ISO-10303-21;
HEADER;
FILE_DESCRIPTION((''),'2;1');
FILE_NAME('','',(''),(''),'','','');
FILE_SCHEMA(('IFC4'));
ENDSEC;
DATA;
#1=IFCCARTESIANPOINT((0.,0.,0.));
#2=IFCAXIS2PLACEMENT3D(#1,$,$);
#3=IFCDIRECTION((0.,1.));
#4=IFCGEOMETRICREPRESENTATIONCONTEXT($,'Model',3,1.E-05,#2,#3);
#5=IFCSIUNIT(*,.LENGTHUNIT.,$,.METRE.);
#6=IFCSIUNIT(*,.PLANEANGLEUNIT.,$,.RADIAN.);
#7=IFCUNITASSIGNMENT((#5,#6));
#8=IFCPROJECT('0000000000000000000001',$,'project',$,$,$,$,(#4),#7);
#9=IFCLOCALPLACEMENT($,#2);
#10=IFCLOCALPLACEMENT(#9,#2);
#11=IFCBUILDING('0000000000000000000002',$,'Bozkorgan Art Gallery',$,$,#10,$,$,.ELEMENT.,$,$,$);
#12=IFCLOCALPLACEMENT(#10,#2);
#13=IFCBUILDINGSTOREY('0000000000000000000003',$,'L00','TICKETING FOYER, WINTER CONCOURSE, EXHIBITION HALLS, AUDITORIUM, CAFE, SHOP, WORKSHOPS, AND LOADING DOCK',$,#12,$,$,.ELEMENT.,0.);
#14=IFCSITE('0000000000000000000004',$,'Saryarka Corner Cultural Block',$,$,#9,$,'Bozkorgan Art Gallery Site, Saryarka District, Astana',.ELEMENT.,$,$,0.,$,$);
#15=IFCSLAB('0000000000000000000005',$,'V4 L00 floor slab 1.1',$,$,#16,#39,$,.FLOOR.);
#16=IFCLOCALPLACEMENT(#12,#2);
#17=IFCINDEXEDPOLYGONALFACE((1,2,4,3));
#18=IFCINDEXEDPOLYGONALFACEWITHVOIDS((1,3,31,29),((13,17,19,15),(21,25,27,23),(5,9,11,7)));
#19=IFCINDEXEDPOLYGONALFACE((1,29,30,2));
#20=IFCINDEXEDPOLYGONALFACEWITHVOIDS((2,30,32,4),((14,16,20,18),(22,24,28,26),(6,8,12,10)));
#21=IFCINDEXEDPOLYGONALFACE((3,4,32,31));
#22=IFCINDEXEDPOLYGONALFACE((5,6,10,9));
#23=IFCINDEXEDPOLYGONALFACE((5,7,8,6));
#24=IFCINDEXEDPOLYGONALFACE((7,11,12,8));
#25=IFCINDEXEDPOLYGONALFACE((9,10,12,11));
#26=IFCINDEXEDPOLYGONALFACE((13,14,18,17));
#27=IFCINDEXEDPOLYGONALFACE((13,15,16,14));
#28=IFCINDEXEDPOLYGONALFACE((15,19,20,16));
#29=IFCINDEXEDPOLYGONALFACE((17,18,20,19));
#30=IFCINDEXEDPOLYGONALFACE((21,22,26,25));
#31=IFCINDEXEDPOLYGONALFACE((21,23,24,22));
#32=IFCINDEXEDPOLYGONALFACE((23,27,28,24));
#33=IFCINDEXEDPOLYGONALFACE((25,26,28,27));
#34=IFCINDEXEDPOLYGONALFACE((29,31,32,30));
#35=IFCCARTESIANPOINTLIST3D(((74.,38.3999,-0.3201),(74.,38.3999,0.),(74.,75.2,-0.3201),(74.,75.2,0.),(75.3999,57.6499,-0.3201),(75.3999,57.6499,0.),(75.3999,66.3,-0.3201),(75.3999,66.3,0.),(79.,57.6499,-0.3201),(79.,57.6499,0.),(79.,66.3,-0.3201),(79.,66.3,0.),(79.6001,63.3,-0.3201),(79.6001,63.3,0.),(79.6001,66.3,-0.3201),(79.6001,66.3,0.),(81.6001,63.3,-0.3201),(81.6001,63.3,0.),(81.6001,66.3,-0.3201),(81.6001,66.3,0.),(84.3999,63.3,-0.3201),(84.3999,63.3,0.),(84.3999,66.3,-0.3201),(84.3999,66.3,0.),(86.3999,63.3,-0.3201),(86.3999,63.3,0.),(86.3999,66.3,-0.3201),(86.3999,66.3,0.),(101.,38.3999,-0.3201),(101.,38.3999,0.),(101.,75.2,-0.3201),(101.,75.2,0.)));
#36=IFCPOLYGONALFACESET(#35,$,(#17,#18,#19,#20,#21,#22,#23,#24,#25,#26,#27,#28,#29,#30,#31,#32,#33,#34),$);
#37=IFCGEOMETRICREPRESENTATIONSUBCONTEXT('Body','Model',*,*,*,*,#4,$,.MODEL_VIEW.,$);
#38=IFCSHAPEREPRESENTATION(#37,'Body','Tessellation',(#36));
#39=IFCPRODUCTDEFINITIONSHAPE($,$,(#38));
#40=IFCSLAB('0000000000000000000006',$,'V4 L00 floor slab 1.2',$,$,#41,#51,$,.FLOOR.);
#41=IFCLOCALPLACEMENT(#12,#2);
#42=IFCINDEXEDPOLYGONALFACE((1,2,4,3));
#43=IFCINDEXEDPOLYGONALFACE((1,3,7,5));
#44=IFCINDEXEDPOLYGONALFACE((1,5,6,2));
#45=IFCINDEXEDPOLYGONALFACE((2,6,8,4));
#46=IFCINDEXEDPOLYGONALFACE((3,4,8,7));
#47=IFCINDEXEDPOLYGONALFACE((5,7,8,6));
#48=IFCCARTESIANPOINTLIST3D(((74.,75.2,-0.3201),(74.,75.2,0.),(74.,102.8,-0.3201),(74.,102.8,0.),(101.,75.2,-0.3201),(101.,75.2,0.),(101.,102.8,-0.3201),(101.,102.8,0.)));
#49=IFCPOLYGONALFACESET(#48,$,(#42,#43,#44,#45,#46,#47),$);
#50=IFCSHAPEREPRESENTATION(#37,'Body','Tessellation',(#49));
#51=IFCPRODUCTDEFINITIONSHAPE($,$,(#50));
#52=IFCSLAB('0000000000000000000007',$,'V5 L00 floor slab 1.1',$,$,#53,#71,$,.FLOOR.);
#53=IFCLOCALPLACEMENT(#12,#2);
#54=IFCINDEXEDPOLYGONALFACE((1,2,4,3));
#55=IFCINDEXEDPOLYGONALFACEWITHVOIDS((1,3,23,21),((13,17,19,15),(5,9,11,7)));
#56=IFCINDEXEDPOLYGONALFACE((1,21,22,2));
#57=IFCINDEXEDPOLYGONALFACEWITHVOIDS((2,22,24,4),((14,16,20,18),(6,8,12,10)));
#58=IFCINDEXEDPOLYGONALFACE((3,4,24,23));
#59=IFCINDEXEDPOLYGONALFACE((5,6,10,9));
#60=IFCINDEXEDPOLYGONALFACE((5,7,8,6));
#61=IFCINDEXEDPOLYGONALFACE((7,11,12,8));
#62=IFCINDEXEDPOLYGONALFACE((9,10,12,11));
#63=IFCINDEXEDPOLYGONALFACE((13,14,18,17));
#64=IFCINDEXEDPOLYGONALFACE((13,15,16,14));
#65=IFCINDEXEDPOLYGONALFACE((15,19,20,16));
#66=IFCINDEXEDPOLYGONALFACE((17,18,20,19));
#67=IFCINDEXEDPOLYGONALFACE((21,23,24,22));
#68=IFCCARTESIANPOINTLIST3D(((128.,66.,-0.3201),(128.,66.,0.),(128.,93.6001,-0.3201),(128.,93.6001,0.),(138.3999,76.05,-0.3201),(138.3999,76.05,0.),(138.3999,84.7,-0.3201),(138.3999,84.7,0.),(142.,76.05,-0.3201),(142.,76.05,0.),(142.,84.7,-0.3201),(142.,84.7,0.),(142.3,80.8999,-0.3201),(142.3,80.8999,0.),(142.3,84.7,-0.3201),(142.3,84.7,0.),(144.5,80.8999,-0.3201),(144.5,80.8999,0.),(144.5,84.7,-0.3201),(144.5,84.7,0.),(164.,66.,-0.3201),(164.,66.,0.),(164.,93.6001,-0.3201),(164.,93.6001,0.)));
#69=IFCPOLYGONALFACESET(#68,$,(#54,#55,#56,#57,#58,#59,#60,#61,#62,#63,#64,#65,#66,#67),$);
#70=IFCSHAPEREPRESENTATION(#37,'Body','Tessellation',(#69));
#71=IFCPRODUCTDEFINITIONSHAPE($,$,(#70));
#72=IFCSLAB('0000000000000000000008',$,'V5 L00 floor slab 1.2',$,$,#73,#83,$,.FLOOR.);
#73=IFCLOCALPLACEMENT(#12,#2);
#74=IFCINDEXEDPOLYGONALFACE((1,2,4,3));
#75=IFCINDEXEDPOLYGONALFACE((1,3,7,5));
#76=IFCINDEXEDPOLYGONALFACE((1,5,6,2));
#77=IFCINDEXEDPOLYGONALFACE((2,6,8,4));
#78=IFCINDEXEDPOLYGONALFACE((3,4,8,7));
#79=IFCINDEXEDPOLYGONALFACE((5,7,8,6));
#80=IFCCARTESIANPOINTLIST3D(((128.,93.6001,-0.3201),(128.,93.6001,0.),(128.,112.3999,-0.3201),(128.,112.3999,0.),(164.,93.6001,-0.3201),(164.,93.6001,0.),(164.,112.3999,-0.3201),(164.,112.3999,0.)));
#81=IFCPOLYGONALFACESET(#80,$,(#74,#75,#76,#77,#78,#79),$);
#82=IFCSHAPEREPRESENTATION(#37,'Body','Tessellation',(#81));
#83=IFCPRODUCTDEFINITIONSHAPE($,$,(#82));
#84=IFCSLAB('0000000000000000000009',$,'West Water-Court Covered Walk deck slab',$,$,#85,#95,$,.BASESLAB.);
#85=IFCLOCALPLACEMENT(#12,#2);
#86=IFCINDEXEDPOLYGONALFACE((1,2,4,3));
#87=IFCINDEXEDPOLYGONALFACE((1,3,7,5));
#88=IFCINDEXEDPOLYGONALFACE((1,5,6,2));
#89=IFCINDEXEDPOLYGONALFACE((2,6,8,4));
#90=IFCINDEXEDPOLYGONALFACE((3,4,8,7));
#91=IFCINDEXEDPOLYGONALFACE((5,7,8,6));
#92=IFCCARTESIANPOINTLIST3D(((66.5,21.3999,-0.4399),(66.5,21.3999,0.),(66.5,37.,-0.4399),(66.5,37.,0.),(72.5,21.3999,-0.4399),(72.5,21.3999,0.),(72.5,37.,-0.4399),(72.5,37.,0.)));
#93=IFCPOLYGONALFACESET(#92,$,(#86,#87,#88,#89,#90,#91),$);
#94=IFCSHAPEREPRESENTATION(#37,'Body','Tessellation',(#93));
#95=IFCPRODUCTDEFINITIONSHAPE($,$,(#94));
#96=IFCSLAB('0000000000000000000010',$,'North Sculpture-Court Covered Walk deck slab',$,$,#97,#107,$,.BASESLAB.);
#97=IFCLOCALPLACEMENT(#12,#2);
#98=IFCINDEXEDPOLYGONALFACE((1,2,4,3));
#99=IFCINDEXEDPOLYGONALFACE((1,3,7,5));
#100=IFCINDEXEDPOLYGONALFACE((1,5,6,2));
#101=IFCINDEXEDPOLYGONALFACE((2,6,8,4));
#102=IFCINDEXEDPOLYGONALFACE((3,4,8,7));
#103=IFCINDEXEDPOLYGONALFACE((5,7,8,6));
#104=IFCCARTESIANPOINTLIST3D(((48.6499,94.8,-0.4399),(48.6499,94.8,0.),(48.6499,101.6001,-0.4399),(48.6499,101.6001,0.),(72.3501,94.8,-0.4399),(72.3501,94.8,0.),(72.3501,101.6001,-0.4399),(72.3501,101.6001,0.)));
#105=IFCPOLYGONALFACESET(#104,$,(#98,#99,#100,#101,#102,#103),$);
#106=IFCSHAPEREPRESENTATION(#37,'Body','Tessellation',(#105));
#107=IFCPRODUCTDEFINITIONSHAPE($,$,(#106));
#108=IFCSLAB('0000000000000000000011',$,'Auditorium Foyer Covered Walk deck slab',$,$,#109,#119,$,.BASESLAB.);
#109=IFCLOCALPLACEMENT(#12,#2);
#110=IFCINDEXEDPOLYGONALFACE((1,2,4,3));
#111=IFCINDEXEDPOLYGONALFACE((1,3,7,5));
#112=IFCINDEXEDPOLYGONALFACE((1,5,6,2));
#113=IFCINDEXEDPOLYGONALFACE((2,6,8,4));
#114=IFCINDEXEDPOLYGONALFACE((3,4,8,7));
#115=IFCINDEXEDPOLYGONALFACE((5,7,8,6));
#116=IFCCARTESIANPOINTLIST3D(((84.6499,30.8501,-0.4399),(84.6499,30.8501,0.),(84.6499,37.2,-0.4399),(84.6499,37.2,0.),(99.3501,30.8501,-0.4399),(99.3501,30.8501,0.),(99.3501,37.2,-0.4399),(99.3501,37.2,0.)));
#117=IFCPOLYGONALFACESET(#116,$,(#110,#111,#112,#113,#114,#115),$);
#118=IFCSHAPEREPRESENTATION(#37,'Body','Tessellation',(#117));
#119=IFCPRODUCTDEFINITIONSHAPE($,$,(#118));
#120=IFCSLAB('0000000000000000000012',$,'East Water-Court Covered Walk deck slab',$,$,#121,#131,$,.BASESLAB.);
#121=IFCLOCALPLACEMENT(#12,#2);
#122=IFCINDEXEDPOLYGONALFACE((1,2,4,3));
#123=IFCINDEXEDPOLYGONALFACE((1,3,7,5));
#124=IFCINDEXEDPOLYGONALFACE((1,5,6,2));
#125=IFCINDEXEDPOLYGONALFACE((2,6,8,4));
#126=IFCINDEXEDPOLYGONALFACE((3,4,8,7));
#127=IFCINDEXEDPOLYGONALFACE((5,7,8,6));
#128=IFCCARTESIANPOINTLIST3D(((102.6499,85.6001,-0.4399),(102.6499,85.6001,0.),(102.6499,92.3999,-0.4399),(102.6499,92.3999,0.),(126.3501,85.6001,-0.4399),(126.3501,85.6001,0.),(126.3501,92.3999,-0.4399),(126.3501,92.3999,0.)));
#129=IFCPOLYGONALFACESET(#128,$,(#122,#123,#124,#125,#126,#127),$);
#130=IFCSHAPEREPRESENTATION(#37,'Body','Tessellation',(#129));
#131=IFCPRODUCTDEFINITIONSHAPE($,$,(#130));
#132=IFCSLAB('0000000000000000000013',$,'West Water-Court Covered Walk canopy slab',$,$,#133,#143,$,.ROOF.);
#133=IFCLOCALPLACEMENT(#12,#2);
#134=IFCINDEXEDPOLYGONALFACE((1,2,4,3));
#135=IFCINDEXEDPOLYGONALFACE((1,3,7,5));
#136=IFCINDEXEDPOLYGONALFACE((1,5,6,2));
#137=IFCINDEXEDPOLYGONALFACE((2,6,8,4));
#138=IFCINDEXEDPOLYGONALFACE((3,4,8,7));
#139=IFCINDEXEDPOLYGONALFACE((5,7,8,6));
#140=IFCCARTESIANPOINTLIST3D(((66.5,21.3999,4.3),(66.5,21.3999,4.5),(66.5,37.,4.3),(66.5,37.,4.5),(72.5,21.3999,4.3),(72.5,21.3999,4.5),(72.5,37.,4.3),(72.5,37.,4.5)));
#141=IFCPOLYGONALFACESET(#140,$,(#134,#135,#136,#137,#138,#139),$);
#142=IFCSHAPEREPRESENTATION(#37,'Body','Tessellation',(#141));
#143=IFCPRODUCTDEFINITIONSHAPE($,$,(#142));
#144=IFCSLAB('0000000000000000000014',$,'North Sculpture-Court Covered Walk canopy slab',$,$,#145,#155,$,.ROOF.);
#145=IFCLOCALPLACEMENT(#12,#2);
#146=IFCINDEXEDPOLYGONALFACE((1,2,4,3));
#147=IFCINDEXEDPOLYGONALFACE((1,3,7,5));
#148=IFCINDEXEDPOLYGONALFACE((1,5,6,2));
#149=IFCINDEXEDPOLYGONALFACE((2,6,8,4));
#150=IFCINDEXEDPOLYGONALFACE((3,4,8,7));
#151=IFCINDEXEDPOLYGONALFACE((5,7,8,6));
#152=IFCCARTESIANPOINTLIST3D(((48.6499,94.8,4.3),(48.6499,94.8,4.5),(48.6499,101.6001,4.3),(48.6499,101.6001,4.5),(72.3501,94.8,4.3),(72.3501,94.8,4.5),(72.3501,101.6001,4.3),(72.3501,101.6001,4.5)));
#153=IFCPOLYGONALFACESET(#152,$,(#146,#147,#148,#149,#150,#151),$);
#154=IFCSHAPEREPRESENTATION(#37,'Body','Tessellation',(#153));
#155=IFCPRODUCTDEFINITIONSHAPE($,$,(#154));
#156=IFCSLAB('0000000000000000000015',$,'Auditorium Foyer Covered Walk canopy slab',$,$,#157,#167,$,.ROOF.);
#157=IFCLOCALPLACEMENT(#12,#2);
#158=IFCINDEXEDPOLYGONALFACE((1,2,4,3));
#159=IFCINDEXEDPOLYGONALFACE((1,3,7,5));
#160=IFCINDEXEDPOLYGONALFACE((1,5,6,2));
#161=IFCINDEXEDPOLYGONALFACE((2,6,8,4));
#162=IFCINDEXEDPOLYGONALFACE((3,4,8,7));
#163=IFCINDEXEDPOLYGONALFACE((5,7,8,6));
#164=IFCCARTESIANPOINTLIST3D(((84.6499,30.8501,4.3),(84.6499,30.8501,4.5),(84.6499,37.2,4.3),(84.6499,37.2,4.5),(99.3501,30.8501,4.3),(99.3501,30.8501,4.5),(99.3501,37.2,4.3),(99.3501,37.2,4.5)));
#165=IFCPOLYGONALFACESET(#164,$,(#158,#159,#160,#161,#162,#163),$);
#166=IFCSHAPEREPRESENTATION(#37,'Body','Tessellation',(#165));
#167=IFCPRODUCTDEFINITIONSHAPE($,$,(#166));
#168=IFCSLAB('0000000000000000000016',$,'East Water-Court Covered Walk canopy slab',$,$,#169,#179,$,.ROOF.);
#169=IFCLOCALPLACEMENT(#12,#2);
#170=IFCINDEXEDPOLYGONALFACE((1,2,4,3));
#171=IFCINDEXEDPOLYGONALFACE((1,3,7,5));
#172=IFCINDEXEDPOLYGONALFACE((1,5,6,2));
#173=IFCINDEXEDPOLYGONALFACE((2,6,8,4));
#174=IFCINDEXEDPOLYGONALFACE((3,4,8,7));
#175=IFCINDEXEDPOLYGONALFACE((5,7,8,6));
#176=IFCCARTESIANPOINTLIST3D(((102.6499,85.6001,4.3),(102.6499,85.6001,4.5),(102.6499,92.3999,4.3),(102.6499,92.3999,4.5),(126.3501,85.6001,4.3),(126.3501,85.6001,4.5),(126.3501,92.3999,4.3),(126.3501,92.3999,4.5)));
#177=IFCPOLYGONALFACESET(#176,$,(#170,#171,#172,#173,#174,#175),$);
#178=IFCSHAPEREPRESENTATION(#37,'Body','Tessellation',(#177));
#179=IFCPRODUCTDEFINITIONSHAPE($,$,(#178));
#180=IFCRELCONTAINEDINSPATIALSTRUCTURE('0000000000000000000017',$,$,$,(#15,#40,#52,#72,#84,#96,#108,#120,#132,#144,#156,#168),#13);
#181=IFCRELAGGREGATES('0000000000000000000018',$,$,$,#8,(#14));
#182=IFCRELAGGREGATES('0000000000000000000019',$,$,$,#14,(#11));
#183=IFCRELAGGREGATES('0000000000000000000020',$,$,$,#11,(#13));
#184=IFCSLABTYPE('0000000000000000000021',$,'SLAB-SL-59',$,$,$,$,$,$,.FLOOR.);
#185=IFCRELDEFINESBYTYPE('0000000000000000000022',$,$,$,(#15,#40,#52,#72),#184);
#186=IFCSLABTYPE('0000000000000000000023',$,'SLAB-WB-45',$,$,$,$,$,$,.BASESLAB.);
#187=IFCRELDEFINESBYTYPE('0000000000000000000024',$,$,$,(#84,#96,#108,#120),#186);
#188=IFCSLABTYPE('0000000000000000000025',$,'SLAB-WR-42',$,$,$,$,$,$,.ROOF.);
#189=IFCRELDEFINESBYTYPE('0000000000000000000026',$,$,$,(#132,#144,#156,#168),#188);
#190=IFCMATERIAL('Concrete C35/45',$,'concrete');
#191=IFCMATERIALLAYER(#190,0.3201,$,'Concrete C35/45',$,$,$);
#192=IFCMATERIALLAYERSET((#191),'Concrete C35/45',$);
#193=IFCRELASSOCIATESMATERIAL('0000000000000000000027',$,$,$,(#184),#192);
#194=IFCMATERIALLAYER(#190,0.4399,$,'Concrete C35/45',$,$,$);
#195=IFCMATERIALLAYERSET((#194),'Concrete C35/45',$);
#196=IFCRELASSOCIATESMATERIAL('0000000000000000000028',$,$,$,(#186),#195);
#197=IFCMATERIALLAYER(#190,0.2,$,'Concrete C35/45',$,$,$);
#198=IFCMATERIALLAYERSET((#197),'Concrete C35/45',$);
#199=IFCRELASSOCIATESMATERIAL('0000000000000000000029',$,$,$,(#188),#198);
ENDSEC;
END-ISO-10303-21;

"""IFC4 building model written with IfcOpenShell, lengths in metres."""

from ifc_helpers import new_model, si_unit, direction, frame, origin, place, context, subcontext, project, spatial, polyline, outline, extrude, material, layer, layer_set, type_object, element, save


model = new_model("IFC4")

# Units and contexts
model_context = context("Model", 3, precision=1e-05, world=origin(), true_north=direction((0.0, 1.0)))
body_context = subcontext(model_context, "Body", "Model", "MODEL_VIEW")
ifc_project = project(units=[si_unit("LENGTHUNIT", "METRE"), si_unit("PLANEANGLEUNIT", "RADIAN")], contexts=[model_context])

# Site, building, storey
site_placement = place(None, origin())
site = spatial("IfcSite", under=ifc_project, at=site_placement, Name="Saryarka Corner Cultural Block", LongName="Bozkorgan Art Gallery Site, Saryarka District, Astana", CompositionType="ELEMENT", RefElevation=0.0)
building_placement = place(site_placement, origin())
building = spatial("IfcBuilding", under=site, at=building_placement, Name="Bozkorgan Art Gallery", CompositionType="ELEMENT")
storey_placement = place(building_placement, origin())
storey = spatial("IfcBuildingStorey", under=building, at=storey_placement, Name="L00", Description="TICKETING FOYER, WINTER CONCOURSE, EXHIBITION HALLS, AUDITORIUM, CAFE, SHOP, WORKSHOPS, AND LOADING DOCK", CompositionType="ELEMENT", Elevation=0.0)

# Slabs
ifc_material = material(Name="Concrete C35/45", Category="concrete")
ifc_layer_1 = layer(ifc_material, 0.3201, Name="Concrete C35/45")
ifc_layer_set_1 = layer_set([ifc_layer_1], Name="Concrete C35/45")
slab_type_1 = type_object("IfcSlabType", Name="SLAB-SL-59", PredefinedType="FLOOR", material=ifc_layer_set_1)
slab_1_placement = place(storey_placement, frame((0.0, 0.0, -0.3201)))
element("IfcSlab", 1, at=slab_1_placement, inside=storey, type_object=slab_type_1, Name="V4 L00 floor slab 1.1", PredefinedType="FLOOR", context=body_context, shape_type="SweptSolid", body=[
    extrude(outline(polyline([(74.0, 38.3999), (101.0, 38.3999), (101.0, 75.2), (74.0, 75.2), (74.0, 38.3999)]), holes=[polyline([(75.3999, 57.6499), (79.0, 57.6499), (79.0, 66.3), (75.3999, 66.3), (75.3999, 57.6499)]), polyline([(79.6001, 63.3), (81.6001, 63.3), (81.6001, 66.3), (79.6001, 66.3), (79.6001, 63.3)]), polyline([(84.3999, 63.3), (86.3999, 63.3), (86.3999, 66.3), (84.3999, 66.3), (84.3999, 63.3)])]), origin(), (0.0, 0.0, 1.0), 0.3201),
])
slab_2_placement = place(storey_placement, frame((0.0, 0.0, -0.3201)))
element("IfcSlab", 2, at=slab_2_placement, inside=storey, type_object=slab_type_1, Name="V4 L00 floor slab 1.2", PredefinedType="FLOOR", context=body_context, shape_type="SweptSolid", body=[
    extrude(outline(polyline([(74.0, 75.2), (101.0, 75.2), (101.0, 102.8), (74.0, 102.8), (74.0, 75.2)])), origin(), (0.0, 0.0, 1.0), 0.3201),
])
slab_3_placement = place(storey_placement, frame((0.0, 0.0, -0.3201)))
element("IfcSlab", 3, at=slab_3_placement, inside=storey, type_object=slab_type_1, Name="V5 L00 floor slab 1.1", PredefinedType="FLOOR", context=body_context, shape_type="SweptSolid", body=[
    extrude(outline(polyline([(128.0, 66.0), (164.0, 66.0), (164.0, 93.6001), (128.0, 93.6001), (128.0, 66.0)]), holes=[polyline([(138.3999, 76.05), (142.0, 76.05), (142.0, 84.7), (138.3999, 84.7), (138.3999, 76.05)]), polyline([(142.3, 80.8999), (144.5, 80.8999), (144.5, 84.7), (142.3, 84.7), (142.3, 80.8999)])]), origin(), (0.0, 0.0, 1.0), 0.3201),
])
slab_4_placement = place(storey_placement, frame((0.0, 0.0, -0.3201)))
element("IfcSlab", 4, at=slab_4_placement, inside=storey, type_object=slab_type_1, Name="V5 L00 floor slab 1.2", PredefinedType="FLOOR", context=body_context, shape_type="SweptSolid", body=[
    extrude(outline(polyline([(128.0, 93.6001), (164.0, 93.6001), (164.0, 112.3999), (128.0, 112.3999), (128.0, 93.6001)])), origin(), (0.0, 0.0, 1.0), 0.3201),
])
ifc_layer_2 = layer(ifc_material, 0.4399, Name="Concrete C35/45")
ifc_layer_set_2 = layer_set([ifc_layer_2], Name="Concrete C35/45")
slab_type_2 = type_object("IfcSlabType", Name="SLAB-WB-45", PredefinedType="BASESLAB", material=ifc_layer_set_2)
slab_5_placement = place(storey_placement, frame((0.0, 0.0, -0.4399)))
element("IfcSlab", 5, at=slab_5_placement, inside=storey, type_object=slab_type_2, Name="West Water-Court Covered Walk deck slab", PredefinedType="BASESLAB", context=body_context, shape_type="SweptSolid", body=[
    extrude(outline(polyline([(66.5, 21.3999), (72.5, 21.3999), (72.5, 37.0), (66.5, 37.0), (66.5, 21.3999)])), origin(), (0.0, 0.0, 1.0), 0.4399),
])
slab_6_placement = place(storey_placement, frame((0.0, 0.0, -0.4399)))
element("IfcSlab", 6, at=slab_6_placement, inside=storey, type_object=slab_type_2, Name="North Sculpture-Court Covered Walk deck slab", PredefinedType="BASESLAB", context=body_context, shape_type="SweptSolid", body=[
    extrude(outline(polyline([(48.6499, 94.8), (72.3501, 94.8), (72.3501, 101.6001), (48.6499, 101.6001), (48.6499, 94.8)])), origin(), (0.0, 0.0, 1.0), 0.4399),
])
slab_7_placement = place(storey_placement, frame((0.0, 0.0, -0.4399)))
element("IfcSlab", 7, at=slab_7_placement, inside=storey, type_object=slab_type_2, Name="Auditorium Foyer Covered Walk deck slab", PredefinedType="BASESLAB", context=body_context, shape_type="SweptSolid", body=[
    extrude(outline(polyline([(84.6499, 30.8501), (99.3501, 30.8501), (99.3501, 37.2), (84.6499, 37.2), (84.6499, 30.8501)])), origin(), (0.0, 0.0, 1.0), 0.4399),
])
slab_8_placement = place(storey_placement, frame((0.0, 0.0, -0.4399)))
element("IfcSlab", 8, at=slab_8_placement, inside=storey, type_object=slab_type_2, Name="East Water-Court Covered Walk deck slab", PredefinedType="BASESLAB", context=body_context, shape_type="SweptSolid", body=[
    extrude(outline(polyline([(102.6499, 85.6001), (126.3501, 85.6001), (126.3501, 92.3999), (102.6499, 92.3999), (102.6499, 85.6001)])), origin(), (0.0, 0.0, 1.0), 0.4399),
])
ifc_layer_3 = layer(ifc_material, 0.2, Name="Concrete C35/45")
ifc_layer_set_3 = layer_set([ifc_layer_3], Name="Concrete C35/45")
slab_type_3 = type_object("IfcSlabType", Name="SLAB-WR-42", PredefinedType="ROOF", material=ifc_layer_set_3)
slab_9_placement = place(storey_placement, frame((0.0, 0.0, 4.3)))
element("IfcSlab", 9, at=slab_9_placement, inside=storey, type_object=slab_type_3, Name="West Water-Court Covered Walk canopy slab", PredefinedType="ROOF", context=body_context, shape_type="SweptSolid", body=[
    extrude(outline(polyline([(66.5, 21.3999), (72.5, 21.3999), (72.5, 37.0), (66.5, 37.0), (66.5, 21.3999)])), origin(), (0.0, 0.0, 1.0), 0.2),
])
slab_10_placement = place(storey_placement, frame((0.0, 0.0, 4.3)))
element("IfcSlab", 10, at=slab_10_placement, inside=storey, type_object=slab_type_3, Name="North Sculpture-Court Covered Walk canopy slab", PredefinedType="ROOF", context=body_context, shape_type="SweptSolid", body=[
    extrude(outline(polyline([(48.6499, 94.8), (72.3501, 94.8), (72.3501, 101.6001), (48.6499, 101.6001), (48.6499, 94.8)])), origin(), (0.0, 0.0, 1.0), 0.2),
])
slab_11_placement = place(storey_placement, frame((0.0, 0.0, 4.3)))
element("IfcSlab", 11, at=slab_11_placement, inside=storey, type_object=slab_type_3, Name="Auditorium Foyer Covered Walk canopy slab", PredefinedType="ROOF", context=body_context, shape_type="SweptSolid", body=[
    extrude(outline(polyline([(84.6499, 30.8501), (99.3501, 30.8501), (99.3501, 37.2), (84.6499, 37.2), (84.6499, 30.8501)])), origin(), (0.0, 0.0, 1.0), 0.2),
])
slab_12_placement = place(storey_placement, frame((0.0, 0.0, 4.3)))
element("IfcSlab", 12, at=slab_12_placement, inside=storey, type_object=slab_type_3, Name="East Water-Court Covered Walk canopy slab", PredefinedType="ROOF", context=body_context, shape_type="SweptSolid", body=[
    extrude(outline(polyline([(102.6499, 85.6001), (126.3501, 85.6001), (126.3501, 92.3999), (102.6499, 92.3999), (102.6499, 85.6001)])), origin(), (0.0, 0.0, 1.0), 0.2),
])

save(model, "model.ifc")
